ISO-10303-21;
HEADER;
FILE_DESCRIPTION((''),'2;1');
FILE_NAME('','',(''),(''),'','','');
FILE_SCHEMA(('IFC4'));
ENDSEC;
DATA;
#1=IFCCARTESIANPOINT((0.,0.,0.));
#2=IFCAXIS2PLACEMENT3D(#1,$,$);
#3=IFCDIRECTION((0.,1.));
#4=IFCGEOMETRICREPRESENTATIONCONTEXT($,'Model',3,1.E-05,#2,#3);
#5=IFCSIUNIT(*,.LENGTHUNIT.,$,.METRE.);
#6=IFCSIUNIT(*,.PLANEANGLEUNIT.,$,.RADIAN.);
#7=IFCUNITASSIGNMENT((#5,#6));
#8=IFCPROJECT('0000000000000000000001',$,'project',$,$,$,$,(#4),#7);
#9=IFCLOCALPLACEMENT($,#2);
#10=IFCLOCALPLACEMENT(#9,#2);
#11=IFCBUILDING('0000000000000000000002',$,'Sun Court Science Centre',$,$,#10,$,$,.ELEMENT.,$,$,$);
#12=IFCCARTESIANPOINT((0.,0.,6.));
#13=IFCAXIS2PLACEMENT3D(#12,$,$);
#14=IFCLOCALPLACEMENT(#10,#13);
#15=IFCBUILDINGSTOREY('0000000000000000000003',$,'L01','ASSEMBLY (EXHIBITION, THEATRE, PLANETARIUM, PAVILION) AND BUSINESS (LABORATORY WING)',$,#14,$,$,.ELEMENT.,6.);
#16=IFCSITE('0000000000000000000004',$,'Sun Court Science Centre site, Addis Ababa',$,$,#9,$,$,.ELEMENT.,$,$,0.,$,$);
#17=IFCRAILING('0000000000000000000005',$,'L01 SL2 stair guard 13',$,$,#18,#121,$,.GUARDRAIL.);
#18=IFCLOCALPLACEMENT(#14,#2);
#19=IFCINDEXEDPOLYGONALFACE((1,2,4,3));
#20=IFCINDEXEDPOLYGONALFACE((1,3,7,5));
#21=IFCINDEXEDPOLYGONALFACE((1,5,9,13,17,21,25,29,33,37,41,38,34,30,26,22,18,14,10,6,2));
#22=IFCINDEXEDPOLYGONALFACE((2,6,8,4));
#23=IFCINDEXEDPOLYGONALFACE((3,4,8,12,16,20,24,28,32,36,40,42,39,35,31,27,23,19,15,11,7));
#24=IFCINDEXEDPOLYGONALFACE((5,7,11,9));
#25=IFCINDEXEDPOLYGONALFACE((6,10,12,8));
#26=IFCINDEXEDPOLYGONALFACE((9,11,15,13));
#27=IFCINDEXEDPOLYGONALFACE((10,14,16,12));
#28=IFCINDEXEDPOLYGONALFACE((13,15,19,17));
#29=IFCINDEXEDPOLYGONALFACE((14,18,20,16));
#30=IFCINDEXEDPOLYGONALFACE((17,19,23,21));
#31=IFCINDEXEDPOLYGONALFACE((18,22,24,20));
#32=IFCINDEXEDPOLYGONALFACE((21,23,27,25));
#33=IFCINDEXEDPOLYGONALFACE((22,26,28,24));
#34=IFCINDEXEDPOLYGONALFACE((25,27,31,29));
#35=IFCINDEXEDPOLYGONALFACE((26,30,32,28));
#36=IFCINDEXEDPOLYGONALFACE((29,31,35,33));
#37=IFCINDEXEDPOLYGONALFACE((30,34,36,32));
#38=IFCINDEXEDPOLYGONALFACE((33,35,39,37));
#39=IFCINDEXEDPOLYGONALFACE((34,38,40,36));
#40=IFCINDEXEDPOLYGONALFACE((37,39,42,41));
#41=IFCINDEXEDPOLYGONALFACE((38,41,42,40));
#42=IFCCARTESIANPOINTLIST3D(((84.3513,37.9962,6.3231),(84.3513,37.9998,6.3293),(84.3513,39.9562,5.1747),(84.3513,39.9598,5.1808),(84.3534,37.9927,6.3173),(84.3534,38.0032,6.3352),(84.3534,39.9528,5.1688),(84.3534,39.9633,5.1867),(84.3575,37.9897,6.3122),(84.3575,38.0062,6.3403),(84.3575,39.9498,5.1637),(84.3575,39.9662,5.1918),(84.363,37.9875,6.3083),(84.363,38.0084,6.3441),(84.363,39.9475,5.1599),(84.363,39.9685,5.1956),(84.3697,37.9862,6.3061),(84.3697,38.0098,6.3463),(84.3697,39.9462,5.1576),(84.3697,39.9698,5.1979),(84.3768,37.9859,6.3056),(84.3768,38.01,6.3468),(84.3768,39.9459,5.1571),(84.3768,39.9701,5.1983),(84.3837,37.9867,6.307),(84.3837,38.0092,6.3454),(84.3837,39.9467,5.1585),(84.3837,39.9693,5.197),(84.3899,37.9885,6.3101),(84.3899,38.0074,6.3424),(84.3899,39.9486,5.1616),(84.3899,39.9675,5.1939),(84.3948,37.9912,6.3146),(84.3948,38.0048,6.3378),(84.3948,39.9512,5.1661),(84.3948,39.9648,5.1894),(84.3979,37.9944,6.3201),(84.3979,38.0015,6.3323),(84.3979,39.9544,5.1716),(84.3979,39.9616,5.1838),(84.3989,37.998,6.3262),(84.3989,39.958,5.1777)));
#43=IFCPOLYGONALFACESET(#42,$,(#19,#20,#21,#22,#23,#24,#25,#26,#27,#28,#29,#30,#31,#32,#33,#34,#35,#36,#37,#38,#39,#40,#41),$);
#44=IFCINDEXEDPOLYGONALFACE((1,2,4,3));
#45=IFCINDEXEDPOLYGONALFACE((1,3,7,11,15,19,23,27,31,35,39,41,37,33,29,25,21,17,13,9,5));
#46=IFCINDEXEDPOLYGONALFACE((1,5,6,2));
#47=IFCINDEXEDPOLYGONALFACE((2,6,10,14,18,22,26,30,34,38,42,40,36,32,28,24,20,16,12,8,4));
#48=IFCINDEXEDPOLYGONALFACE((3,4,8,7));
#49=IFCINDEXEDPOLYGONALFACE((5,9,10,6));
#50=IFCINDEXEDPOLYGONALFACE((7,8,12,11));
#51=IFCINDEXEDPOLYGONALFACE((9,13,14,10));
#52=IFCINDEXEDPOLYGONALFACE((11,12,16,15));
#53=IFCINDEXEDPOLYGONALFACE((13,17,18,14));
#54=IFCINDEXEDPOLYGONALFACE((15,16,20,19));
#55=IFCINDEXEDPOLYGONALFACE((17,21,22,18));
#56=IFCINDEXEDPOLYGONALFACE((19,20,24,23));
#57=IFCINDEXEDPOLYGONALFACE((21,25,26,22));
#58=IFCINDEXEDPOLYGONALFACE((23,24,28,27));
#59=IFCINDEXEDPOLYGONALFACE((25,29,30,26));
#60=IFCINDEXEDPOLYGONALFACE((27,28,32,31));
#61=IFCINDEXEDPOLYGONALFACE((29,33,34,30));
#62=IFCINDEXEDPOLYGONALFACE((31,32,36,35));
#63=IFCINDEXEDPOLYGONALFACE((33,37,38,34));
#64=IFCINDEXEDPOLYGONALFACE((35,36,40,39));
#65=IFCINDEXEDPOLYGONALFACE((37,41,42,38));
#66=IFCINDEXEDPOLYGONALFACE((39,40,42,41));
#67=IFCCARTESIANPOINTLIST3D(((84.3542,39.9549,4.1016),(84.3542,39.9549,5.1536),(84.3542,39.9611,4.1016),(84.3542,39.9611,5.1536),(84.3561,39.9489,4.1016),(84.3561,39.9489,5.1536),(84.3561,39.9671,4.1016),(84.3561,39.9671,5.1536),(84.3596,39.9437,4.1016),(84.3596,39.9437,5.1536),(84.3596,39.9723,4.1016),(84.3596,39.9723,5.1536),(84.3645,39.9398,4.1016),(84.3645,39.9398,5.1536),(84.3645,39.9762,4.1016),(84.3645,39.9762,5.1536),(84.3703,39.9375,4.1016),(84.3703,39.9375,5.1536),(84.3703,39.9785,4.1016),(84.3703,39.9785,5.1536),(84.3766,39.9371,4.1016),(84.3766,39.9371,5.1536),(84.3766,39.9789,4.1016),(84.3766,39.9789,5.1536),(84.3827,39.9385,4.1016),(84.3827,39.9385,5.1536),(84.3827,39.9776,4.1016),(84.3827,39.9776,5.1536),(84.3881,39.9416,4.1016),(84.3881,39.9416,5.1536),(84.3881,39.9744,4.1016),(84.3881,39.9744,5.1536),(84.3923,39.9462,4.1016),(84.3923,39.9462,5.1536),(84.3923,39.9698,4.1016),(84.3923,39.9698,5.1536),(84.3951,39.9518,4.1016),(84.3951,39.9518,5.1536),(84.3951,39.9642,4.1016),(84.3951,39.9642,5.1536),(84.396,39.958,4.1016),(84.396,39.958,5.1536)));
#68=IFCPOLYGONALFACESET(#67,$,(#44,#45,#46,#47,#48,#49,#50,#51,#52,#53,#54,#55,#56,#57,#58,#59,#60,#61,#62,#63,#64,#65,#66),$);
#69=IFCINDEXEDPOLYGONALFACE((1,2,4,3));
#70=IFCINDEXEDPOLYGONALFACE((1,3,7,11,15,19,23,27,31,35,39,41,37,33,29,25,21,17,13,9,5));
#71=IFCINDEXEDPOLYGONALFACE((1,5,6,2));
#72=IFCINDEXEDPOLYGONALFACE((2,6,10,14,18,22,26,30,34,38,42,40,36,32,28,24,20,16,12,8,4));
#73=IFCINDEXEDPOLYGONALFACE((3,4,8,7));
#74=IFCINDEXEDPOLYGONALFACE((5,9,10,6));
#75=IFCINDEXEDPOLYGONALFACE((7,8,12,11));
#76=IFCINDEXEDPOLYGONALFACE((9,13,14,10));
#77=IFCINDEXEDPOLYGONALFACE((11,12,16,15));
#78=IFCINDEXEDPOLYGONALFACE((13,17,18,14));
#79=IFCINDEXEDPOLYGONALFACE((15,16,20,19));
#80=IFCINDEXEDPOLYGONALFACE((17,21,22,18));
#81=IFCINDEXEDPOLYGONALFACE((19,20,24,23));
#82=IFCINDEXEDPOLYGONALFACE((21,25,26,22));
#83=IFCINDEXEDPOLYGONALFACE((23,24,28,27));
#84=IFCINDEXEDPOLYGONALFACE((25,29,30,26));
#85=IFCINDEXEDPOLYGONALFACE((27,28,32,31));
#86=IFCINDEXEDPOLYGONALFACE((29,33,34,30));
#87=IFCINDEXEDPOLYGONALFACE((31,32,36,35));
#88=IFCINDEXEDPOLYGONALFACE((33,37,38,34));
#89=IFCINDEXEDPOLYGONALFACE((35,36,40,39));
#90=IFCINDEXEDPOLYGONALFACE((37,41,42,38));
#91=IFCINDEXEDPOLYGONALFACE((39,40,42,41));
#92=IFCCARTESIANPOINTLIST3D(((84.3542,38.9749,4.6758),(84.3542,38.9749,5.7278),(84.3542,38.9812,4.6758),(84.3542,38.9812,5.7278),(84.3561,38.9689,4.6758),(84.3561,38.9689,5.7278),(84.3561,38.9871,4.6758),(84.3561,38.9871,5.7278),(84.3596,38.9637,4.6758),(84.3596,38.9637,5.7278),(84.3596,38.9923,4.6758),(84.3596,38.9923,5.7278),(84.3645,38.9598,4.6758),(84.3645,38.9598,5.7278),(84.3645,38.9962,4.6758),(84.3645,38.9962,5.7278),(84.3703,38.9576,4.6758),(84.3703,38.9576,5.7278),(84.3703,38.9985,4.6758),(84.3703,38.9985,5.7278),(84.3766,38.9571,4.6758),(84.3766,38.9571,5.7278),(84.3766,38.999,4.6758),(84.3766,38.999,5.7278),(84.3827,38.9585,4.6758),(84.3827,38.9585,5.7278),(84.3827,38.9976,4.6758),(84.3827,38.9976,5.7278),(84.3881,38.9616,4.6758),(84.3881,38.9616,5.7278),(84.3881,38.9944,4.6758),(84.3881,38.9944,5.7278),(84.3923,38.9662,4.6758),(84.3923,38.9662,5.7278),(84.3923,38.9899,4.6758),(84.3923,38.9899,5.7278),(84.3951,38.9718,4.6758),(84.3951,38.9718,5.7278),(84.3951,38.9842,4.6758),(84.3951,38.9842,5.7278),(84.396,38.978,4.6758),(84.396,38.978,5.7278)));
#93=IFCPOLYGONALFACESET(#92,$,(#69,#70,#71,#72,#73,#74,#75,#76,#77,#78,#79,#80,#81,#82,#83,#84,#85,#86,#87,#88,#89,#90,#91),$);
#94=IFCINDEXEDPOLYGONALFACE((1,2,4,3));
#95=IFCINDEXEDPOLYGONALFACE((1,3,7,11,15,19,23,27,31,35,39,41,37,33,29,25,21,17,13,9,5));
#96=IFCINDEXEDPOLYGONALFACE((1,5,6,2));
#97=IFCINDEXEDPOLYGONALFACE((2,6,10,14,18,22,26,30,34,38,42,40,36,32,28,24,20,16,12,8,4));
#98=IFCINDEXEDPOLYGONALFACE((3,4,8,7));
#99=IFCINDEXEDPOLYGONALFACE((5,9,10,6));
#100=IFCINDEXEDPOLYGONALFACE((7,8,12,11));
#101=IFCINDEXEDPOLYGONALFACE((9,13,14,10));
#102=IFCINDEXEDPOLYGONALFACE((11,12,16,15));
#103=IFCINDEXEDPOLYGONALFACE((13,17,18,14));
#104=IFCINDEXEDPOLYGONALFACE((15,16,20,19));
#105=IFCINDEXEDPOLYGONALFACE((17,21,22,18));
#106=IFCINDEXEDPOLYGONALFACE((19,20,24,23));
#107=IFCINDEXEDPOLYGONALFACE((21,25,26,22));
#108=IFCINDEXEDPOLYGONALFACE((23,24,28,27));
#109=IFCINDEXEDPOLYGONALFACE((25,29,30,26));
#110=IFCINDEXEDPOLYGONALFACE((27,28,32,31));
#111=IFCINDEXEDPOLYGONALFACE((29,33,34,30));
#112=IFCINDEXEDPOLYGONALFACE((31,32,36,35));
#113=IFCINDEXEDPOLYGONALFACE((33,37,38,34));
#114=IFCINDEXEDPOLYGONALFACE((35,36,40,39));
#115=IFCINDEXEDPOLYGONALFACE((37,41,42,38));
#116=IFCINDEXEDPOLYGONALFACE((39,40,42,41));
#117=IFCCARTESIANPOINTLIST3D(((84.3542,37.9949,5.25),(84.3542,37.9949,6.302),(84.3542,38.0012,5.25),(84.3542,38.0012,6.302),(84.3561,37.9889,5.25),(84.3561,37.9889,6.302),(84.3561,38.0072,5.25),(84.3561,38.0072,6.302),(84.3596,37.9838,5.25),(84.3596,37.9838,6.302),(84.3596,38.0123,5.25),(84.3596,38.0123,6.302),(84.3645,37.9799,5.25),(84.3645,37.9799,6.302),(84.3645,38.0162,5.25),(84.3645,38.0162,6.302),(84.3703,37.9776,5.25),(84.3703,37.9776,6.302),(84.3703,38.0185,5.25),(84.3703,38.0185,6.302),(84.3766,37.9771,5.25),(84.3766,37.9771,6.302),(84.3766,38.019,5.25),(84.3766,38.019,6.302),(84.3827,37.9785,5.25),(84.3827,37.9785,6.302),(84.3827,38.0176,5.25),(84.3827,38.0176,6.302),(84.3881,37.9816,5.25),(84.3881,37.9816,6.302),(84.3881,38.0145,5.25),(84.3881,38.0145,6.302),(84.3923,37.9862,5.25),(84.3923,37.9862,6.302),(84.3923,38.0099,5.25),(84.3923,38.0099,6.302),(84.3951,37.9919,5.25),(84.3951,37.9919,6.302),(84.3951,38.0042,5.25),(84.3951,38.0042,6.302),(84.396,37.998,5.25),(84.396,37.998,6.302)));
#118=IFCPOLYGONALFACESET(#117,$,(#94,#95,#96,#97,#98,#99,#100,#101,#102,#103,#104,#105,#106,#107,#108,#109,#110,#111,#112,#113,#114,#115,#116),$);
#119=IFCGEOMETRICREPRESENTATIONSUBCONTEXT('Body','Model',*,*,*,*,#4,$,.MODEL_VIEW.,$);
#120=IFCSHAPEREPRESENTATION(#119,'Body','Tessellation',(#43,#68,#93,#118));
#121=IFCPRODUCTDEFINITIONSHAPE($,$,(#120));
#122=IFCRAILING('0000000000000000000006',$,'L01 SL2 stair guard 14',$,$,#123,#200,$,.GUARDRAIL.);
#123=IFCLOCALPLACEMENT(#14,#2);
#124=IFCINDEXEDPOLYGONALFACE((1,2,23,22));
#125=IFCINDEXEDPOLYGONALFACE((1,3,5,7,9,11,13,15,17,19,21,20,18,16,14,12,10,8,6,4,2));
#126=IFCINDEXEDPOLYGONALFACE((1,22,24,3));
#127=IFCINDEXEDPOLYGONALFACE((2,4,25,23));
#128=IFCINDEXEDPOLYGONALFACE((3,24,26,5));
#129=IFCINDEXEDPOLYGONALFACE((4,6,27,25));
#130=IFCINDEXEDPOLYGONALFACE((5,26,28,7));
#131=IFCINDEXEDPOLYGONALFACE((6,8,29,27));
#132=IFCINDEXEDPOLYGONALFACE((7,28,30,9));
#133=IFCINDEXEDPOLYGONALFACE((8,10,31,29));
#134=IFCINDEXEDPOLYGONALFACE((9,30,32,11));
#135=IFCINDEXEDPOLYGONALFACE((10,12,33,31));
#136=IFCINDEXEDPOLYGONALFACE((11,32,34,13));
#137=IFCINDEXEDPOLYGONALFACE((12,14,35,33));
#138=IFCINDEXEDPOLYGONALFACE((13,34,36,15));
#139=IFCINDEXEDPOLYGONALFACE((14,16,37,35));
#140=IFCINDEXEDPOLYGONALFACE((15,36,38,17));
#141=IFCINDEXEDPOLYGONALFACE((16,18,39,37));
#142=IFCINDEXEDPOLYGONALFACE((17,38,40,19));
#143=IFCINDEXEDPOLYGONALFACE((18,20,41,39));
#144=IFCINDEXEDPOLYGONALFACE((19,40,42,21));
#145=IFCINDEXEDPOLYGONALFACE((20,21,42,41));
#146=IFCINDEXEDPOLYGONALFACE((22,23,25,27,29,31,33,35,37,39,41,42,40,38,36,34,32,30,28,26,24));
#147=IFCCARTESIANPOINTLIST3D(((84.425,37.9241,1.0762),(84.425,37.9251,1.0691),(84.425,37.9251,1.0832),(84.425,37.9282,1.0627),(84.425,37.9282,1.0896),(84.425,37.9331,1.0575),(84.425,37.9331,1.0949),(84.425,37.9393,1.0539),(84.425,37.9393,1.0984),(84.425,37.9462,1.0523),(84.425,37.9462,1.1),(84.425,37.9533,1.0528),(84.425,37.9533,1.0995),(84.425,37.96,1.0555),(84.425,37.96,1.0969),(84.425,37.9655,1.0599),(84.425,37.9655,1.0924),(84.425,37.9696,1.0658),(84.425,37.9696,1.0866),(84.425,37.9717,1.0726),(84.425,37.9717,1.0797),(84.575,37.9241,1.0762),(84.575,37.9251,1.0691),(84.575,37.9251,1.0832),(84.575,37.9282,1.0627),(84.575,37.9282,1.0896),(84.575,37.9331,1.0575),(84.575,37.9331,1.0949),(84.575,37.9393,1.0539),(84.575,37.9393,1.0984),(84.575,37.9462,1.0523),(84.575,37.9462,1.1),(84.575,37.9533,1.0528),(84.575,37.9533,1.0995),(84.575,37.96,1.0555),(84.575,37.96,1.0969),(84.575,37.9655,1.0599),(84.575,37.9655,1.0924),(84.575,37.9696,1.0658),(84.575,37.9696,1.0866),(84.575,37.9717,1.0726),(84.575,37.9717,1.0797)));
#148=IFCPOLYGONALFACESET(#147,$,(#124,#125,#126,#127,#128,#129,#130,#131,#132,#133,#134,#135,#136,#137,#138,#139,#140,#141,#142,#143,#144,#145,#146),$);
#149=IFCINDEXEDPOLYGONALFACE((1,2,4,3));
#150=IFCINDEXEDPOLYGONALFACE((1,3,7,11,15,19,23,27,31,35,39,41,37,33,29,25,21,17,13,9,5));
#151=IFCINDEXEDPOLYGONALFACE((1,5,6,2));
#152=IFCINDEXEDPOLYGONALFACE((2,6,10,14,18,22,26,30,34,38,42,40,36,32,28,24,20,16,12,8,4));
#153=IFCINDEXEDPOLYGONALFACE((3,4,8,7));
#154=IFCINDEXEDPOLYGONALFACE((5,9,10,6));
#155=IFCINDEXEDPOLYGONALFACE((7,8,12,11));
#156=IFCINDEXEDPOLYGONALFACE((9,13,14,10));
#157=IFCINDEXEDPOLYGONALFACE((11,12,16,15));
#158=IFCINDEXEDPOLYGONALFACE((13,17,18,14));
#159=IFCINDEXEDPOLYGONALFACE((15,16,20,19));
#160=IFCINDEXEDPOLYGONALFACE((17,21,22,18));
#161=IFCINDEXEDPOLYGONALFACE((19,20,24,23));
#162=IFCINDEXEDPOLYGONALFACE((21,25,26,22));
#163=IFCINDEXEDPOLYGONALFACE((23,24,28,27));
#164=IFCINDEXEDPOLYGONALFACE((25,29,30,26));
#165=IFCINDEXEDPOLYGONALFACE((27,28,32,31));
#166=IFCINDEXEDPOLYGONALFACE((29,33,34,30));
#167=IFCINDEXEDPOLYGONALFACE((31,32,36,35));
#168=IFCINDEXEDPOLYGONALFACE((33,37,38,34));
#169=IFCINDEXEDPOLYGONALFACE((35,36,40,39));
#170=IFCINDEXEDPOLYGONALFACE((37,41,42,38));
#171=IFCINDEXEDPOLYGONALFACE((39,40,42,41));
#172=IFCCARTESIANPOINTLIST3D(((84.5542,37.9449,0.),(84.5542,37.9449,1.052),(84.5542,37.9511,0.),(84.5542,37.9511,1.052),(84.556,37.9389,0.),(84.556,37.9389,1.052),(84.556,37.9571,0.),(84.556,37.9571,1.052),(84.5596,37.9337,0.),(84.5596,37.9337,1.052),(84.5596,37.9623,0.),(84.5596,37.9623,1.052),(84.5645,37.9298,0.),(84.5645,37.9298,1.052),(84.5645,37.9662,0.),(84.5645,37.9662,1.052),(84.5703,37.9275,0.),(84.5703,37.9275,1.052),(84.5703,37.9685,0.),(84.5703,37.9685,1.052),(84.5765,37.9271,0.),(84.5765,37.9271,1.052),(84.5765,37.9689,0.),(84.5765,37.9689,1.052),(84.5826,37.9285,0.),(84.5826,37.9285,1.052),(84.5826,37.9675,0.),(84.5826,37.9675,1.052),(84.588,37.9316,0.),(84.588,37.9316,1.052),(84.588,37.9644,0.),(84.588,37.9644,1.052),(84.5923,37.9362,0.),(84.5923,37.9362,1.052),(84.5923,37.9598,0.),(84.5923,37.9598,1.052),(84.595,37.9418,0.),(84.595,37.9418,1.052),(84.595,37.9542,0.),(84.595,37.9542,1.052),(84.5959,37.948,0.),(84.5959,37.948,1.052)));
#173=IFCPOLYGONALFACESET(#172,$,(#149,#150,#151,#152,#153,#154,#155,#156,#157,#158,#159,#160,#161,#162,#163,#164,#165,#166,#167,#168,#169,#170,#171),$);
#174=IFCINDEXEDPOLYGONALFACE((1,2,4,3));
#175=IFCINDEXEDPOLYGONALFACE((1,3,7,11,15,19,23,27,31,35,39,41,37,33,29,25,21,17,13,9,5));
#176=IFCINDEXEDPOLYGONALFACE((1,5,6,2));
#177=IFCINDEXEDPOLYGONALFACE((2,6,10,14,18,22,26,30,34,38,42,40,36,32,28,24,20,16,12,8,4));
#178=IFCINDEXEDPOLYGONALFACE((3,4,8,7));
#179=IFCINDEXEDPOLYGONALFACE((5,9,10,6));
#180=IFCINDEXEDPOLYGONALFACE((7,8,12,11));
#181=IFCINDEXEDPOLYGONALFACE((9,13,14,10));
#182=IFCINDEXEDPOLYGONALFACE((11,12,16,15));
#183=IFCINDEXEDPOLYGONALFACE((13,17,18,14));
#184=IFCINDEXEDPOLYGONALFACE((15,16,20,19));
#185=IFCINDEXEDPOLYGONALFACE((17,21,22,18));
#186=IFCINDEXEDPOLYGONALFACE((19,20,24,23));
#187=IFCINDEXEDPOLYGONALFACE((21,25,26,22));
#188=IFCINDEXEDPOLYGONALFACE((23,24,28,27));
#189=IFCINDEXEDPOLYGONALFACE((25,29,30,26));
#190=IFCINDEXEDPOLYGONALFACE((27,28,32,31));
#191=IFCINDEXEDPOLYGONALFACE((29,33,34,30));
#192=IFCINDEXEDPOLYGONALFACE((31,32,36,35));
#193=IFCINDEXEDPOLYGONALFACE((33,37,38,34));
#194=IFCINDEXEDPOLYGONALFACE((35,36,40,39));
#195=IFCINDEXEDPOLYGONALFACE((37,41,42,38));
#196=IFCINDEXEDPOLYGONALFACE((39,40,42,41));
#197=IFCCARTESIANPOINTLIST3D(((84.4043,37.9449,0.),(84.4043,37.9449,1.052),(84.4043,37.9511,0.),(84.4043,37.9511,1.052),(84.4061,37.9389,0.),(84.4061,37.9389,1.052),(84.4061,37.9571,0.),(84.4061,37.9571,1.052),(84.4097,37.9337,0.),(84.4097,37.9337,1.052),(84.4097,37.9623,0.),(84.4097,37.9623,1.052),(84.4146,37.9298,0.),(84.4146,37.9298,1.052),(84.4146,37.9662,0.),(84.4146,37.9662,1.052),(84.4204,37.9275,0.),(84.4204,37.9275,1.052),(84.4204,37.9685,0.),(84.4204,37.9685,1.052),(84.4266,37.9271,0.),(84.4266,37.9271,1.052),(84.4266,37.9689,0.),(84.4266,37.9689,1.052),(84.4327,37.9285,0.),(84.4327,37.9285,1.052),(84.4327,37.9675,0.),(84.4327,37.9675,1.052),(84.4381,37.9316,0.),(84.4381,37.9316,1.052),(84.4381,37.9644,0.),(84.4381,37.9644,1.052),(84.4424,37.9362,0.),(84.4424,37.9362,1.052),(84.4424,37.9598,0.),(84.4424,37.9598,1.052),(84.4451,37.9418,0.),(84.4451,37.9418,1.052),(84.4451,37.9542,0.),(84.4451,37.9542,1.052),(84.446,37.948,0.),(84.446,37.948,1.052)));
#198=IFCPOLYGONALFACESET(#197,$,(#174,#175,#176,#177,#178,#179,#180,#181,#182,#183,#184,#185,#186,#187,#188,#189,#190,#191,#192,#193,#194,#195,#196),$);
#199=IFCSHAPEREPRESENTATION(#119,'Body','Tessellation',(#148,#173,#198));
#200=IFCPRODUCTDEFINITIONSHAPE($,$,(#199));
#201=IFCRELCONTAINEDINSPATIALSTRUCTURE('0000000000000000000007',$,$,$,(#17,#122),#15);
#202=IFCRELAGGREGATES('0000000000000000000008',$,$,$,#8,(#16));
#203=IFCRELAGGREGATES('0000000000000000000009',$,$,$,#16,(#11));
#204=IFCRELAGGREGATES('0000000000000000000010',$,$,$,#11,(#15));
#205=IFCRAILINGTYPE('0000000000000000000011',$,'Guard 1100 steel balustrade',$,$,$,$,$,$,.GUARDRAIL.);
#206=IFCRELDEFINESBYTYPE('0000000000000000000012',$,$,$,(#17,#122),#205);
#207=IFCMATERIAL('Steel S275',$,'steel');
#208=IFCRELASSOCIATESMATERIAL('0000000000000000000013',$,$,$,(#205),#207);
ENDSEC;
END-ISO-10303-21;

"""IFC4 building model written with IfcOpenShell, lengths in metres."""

from ifc_helpers import new_model, si_unit, direction, frame, origin, origin_2d, place, context, subcontext, project, spatial, circle, extrude, material, type_object, element, save


model = new_model("IFC4")

# Units and contexts
model_context = context("Model", 3, precision=1e-05, world=origin(), true_north=direction((0.0, 1.0)))
body_context = subcontext(model_context, "Body", "Model", "MODEL_VIEW")
ifc_project = project(units=[si_unit("LENGTHUNIT", "METRE"), si_unit("PLANEANGLEUNIT", "RADIAN")], contexts=[model_context])

# Site, building, storey
site_placement = place(None, origin())
site = spatial("IfcSite", under=ifc_project, at=site_placement, Name="Sun Court Science Centre site, Addis Ababa", CompositionType="ELEMENT", RefElevation=0.0)
building_placement = place(site_placement, origin())
building = spatial("IfcBuilding", under=site, at=building_placement, Name="Sun Court Science Centre", CompositionType="ELEMENT")
storey_placement = place(building_placement, frame((0.0, 0.0, 6.0)))
storey = spatial("IfcBuildingStorey", under=building, at=storey_placement, Name="L01", Description="ASSEMBLY (EXHIBITION, THEATRE, PLANETARIUM, PAVILION) AND BUSINESS (LABORATORY WING)", CompositionType="ELEMENT", Elevation=6.0)

# Railings
ifc_material_1 = material(Name="Steel S275", Category="steel")
railing_type_1 = type_object("IfcRailingType", Name="Guard 1100 steel balustrade", PredefinedType="GUARDRAIL", material=ifc_material_1)
railing_1_placement = place(storey_placement, frame((84.375, 39.958, 4.1016)))
element("IfcRailing", 1, at=railing_1_placement, inside=storey, type_object=railing_type_1, Name="L01 SL2 stair guard 13", PredefinedType="GUARDRAIL", context=body_context, shape_type="SweptSolid", body=[
    extrude(circle(Radius=0.0239, at=origin_2d()), frame((0.0, 0.0, 1.0762), z_axis=(0.0, -0.862795, 0.505554), x_axis=(1.0, 0.0, 0.0)), (0.0, 0.0, 1.0), 2.2717),
    extrude(circle(Radius=0.021, at=origin_2d()), origin(), (0.0, 0.0, 1.0), 1.052),
    extrude(circle(Radius=0.021, at=origin_2d()), frame((0.0, -0.98, 0.5742)), (0.0, 0.0, 1.0), 1.052),
    extrude(circle(Radius=0.021, at=origin_2d()), frame((0.0, -1.96, 1.1484)), (0.0, 0.0, 1.0), 1.052),
])
railing_2_placement = place(storey_placement, frame((84.575, 37.948, 0.0)))
element("IfcRailing", 2, at=railing_2_placement, inside=storey, type_object=railing_type_1, Name="L01 SL2 stair guard 14", PredefinedType="GUARDRAIL", context=body_context, shape_type="SweptSolid", body=[
    extrude(circle(Radius=0.0239, at=origin_2d()), frame((0.0, 0.0, 1.0762), z_axis=(-1.0, 0.0, 0.0), x_axis=(0.0, -1.0, 0.0)), (0.0, 0.0, 1.0), 0.1499),
    extrude(circle(Radius=0.021, at=origin_2d()), origin(), (0.0, 0.0, 1.0), 1.052),
    extrude(circle(Radius=0.021, at=origin_2d()), frame((-0.1499, 0.0, 0.0)), (0.0, 0.0, 1.0), 1.052),
])

save(model, "model.ifc")
